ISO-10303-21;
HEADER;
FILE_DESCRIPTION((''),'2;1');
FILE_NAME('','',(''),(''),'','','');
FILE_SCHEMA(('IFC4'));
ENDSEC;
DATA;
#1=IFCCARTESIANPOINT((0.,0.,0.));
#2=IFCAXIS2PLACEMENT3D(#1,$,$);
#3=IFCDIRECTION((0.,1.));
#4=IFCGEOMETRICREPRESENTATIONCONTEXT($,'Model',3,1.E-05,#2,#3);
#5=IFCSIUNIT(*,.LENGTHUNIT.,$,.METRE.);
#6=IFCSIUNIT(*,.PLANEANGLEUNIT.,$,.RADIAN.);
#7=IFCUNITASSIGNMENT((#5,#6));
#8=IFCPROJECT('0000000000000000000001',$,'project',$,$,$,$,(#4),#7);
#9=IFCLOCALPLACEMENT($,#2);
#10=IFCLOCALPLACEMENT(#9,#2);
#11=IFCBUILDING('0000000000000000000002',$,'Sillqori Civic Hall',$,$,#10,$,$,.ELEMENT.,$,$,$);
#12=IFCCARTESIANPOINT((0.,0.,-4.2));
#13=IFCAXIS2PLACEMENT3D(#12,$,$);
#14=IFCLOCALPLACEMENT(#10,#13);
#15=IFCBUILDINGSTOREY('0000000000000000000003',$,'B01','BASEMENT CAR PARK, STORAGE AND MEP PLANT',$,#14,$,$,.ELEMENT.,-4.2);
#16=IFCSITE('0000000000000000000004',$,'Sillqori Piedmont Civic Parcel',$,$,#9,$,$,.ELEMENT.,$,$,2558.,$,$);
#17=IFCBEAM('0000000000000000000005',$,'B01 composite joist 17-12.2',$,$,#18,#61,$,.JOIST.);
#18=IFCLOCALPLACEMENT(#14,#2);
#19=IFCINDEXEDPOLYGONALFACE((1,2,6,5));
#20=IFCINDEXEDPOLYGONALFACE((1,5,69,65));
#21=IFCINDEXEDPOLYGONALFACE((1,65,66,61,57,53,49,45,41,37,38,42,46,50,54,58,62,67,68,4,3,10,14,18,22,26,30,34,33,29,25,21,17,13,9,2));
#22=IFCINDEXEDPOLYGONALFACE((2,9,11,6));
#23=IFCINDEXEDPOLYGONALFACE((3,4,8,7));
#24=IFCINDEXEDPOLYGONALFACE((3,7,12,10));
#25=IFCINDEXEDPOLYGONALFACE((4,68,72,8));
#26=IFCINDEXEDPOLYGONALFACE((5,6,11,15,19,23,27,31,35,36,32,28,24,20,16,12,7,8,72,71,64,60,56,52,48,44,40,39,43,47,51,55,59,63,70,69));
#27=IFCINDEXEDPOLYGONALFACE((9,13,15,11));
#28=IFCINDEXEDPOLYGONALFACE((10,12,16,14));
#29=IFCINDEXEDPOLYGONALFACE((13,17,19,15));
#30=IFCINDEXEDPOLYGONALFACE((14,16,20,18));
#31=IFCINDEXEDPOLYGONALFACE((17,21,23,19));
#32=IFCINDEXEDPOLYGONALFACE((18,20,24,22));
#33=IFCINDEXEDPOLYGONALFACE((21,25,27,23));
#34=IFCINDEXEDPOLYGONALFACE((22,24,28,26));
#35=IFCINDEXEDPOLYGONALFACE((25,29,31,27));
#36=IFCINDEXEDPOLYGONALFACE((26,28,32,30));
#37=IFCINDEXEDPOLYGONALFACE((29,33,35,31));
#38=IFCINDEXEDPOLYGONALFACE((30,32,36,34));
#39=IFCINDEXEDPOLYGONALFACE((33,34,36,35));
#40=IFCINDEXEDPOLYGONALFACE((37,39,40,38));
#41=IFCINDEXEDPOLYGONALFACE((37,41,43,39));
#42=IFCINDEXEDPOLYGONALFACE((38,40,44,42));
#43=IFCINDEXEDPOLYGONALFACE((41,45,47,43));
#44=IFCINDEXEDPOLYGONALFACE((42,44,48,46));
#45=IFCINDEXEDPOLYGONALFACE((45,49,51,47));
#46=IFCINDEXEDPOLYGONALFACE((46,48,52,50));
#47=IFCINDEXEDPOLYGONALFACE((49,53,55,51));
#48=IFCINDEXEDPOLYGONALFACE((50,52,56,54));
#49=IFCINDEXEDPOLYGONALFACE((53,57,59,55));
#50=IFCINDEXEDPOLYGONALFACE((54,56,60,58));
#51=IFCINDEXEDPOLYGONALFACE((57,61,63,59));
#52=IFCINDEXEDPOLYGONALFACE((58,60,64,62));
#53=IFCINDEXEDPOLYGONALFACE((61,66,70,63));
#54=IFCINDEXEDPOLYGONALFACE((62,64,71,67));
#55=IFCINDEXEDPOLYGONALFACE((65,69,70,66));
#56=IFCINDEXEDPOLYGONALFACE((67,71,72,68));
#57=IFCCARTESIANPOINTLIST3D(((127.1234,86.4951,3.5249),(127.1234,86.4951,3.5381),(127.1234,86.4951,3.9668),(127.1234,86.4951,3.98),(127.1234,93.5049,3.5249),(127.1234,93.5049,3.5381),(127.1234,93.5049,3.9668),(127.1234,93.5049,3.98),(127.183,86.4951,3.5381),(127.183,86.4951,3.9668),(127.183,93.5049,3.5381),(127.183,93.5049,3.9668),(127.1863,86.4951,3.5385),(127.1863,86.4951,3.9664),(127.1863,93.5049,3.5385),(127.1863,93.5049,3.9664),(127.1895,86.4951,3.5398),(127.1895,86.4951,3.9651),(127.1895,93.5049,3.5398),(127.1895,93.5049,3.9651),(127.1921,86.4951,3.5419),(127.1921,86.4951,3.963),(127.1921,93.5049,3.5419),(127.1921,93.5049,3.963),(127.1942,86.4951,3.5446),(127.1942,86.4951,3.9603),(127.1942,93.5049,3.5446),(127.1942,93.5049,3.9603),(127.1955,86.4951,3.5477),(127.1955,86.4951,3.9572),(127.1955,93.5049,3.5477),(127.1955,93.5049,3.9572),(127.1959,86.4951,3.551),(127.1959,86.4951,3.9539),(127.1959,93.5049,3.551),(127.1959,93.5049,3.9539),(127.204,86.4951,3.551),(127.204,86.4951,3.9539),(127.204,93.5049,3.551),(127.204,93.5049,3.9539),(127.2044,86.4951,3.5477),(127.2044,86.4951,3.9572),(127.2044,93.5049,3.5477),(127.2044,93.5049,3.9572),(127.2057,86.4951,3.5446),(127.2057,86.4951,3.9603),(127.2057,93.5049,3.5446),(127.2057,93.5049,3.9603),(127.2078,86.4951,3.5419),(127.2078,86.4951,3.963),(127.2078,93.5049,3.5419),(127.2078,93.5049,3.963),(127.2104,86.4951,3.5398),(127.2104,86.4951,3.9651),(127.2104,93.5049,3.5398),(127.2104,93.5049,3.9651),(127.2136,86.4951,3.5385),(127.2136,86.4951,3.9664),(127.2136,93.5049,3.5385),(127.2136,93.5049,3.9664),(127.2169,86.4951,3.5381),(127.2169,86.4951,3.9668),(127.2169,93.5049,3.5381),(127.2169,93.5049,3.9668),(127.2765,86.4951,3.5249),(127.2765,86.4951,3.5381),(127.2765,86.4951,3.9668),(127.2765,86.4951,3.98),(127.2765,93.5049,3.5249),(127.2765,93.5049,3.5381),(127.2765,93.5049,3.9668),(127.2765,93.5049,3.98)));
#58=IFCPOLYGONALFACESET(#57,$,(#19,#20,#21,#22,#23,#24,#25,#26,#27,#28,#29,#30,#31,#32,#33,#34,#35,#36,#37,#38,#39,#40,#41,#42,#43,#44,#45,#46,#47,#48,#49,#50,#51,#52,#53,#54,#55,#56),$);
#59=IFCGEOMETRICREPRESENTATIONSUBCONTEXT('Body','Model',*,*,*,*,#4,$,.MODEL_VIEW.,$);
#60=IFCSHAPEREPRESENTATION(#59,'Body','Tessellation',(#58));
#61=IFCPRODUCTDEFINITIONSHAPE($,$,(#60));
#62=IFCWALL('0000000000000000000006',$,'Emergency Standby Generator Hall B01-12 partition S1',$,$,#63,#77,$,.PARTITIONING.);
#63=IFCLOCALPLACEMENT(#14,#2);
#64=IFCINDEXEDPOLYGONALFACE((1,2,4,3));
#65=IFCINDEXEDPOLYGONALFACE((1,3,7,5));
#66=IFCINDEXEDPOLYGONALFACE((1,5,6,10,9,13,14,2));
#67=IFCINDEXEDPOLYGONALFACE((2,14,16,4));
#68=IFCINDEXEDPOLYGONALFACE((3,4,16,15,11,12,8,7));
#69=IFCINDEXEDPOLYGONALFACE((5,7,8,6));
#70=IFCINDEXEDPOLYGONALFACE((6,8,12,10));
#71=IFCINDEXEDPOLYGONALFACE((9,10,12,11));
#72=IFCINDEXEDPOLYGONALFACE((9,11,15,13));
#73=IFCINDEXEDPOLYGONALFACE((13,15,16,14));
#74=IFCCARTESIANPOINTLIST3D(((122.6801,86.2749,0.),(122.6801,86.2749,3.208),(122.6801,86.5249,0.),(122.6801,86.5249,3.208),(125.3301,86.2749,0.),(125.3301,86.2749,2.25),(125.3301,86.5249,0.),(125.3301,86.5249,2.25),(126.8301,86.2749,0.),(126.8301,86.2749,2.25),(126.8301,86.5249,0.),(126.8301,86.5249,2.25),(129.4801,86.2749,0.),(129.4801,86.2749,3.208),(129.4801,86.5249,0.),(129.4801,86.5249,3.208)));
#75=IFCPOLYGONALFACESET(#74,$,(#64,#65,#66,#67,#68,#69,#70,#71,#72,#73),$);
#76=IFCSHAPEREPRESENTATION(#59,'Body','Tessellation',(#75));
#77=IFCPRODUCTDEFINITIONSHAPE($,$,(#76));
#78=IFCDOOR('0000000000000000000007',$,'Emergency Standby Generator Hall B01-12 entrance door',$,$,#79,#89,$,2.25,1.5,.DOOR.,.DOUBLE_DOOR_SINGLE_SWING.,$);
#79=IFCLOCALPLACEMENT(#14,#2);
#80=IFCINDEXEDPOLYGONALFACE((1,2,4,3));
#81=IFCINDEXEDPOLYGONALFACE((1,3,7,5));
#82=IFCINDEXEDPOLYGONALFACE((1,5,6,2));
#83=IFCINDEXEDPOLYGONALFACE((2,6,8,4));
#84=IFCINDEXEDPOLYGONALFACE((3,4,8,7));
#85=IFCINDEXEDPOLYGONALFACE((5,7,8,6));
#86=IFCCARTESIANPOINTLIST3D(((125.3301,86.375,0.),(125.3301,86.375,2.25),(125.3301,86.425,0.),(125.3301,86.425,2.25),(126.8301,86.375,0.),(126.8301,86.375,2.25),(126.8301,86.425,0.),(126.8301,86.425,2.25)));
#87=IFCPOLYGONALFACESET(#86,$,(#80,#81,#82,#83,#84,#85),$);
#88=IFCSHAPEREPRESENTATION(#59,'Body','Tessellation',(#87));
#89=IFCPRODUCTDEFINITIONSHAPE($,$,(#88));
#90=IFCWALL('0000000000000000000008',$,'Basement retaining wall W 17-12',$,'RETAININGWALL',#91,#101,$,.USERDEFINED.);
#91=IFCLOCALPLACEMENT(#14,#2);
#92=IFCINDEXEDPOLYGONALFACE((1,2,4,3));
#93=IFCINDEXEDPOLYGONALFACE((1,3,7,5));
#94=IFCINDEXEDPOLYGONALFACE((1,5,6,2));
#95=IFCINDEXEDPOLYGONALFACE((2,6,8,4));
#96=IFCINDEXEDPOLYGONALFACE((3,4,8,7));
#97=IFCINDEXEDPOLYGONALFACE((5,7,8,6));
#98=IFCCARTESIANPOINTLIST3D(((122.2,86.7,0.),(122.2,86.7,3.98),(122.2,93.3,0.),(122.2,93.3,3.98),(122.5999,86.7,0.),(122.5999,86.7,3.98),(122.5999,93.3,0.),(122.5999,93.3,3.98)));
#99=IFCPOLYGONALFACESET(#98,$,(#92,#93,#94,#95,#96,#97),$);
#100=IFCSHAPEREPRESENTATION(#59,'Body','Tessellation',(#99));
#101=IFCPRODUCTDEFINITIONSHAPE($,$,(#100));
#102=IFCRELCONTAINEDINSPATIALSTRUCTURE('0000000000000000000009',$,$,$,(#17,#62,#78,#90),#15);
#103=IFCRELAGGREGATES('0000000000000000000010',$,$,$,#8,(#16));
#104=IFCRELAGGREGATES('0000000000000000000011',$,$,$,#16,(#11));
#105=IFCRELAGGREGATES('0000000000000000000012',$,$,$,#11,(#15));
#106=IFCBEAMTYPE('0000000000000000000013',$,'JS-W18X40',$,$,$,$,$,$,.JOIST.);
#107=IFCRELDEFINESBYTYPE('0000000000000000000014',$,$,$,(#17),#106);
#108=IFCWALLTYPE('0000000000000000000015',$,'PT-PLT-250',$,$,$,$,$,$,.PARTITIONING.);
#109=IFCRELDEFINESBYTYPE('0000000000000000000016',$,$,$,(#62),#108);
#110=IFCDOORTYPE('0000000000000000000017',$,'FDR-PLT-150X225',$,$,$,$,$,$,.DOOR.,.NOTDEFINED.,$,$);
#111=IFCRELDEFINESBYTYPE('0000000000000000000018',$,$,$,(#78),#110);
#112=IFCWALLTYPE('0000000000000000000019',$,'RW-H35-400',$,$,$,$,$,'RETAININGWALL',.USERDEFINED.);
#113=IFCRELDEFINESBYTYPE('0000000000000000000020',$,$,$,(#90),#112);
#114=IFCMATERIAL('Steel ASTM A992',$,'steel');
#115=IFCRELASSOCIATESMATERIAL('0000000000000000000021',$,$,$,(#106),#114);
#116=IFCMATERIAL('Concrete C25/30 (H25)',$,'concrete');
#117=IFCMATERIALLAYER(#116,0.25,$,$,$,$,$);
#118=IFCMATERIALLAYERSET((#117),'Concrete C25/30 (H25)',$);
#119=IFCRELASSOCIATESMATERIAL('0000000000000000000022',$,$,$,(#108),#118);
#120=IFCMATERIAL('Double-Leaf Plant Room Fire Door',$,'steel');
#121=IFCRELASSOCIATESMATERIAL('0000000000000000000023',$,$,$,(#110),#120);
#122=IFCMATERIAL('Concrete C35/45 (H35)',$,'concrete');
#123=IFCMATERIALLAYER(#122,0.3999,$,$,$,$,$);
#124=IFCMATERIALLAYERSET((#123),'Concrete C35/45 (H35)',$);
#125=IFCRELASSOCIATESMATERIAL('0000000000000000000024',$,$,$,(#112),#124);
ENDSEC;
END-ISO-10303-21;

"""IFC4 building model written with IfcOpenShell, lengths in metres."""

from ifc_helpers import new_model, si_unit, direction, frame, frame_2d, origin, origin_2d, place, context, subcontext, project, spatial, rectangle, i_section, extrude, material, layer, layer_set, material_profile, profile_set, type_object, element, fill, save


model = new_model("IFC4")

# Units and contexts
model_context = context("Model", 3, precision=1e-05, world=origin(), true_north=direction((0.0, 1.0)))
body_context = subcontext(model_context, "Body", "Model", "MODEL_VIEW")
ifc_project = project(units=[si_unit("LENGTHUNIT", "METRE"), si_unit("PLANEANGLEUNIT", "RADIAN")], contexts=[model_context])

# Site, building, storey
site_placement = place(None, origin())
site = spatial("IfcSite", under=ifc_project, at=site_placement, Name="Sillqori Piedmont Civic Parcel", CompositionType="ELEMENT", RefElevation=2558.0)
building_placement = place(site_placement, origin())
building = spatial("IfcBuilding", under=site, at=building_placement, Name="Sillqori Civic Hall", CompositionType="ELEMENT")
storey_placement = place(building_placement, frame((0.0, 0.0, -4.2)))
storey = spatial("IfcBuildingStorey", under=building, at=storey_placement, Name="B01", Description="BASEMENT CAR PARK, STORAGE AND MEP PLANT", CompositionType="ELEMENT", Elevation=-4.2)

# Shared definitions
ifc_material_1 = material(Name="Concrete C35/45 (H35)", Category="concrete")

# Beam
ifc_material_2 = material(Name="Steel ASTM A992", Category="steel")
ifc_material_profile_1 = material_profile(ifc_material_2, i_section(OverallWidth=0.1531, OverallDepth=0.4551, WebThickness=0.0081, FlangeThickness=0.0132, FilletRadius=0.0129, at=origin_2d()), Name="W18X40")
ifc_profile_set_1 = profile_set([ifc_material_profile_1], Name="Steel ASTM A992")
beam_type_1 = type_object("IfcBeamType", Name="JS-W18X40", PredefinedType="JOIST", material=ifc_profile_set_1)
for number, where, z_axis, x_axis, name in (
    (1, (127.2, 86.4951, 3.7524), (0.0, 1.0, 0.0), (-1.0, 0.0, 0.0), "B01 composite joist 17-12.2"),
):
    element("IfcBeam", number, at=place(storey_placement, frame(where, z_axis=z_axis, x_axis=x_axis)), inside=storey, type_object=beam_type_1, Name=name, PredefinedType="JOIST", context=body_context, shape_type="SweptSolid", body=[
        extrude(i_section(OverallWidth=0.1531, OverallDepth=0.4551, WebThickness=0.0081, FlangeThickness=0.0132, FilletRadius=0.0129, at=origin_2d()), origin(), (0.0, 0.0, 1.0), 7.0098),
    ])

# Wall, opening, door
ifc_material_3 = material(Name="Concrete C25/30 (H25)", Category="concrete")
ifc_layer_1 = layer(ifc_material_3, 0.25)
ifc_layer_set_1 = layer_set([ifc_layer_1], Name="Concrete C25/30 (H25)")
wall_type_1 = type_object("IfcWallType", Name="PT-PLT-250", PredefinedType="PARTITIONING", material=ifc_layer_set_1)
wall_1_placement = place(storey_placement, frame((129.48, 86.3999, 0.0), z_axis=(0.0, 0.0, 1.0), x_axis=(-1.0, 0.0, 0.0)))
wall_1 = element("IfcWall", 2, at=wall_1_placement, inside=storey, type_object=wall_type_1, Name="Emergency Standby Generator Hall B01-12 partition S1", PredefinedType="PARTITIONING", context=body_context, shape_type="SweptSolid", body=[
    extrude(rectangle(XDim=6.8, YDim=0.25, at=frame_2d((3.3999, 0.0))), origin(), (0.0, 0.0, 1.0), 3.208),
])
opening_placement = place(wall_1_placement, frame((2.6499, 0.0, 0.0)))
opening = element("IfcOpeningElement", 3, at=opening_placement, cuts=wall_1, PredefinedType="OPENING", context=body_context, shape_type="SweptSolid", body=[
    extrude(rectangle(XDim=1.5, YDim=2.25, at=frame_2d((0.75, 1.125))), frame((0.0, 0.135, 0.0), z_axis=(0.0, -1.0, 0.0), x_axis=(1.0, 0.0, 0.0)), (0.0, 0.0, 1.0), 0.27),
])
ifc_material_4 = material(Name="Double-Leaf Plant Room Fire Door", Category="steel")
door_type = type_object("IfcDoorType", Name="FDR-PLT-150X225", OperationType="NOTDEFINED", PredefinedType="DOOR", material=ifc_material_4)
door_placement = place(opening_placement, origin())
door = element("IfcDoor", 4, at=door_placement, inside=storey, type_object=door_type, Name="Emergency Standby Generator Hall B01-12 entrance door", OperationType="DOUBLE_DOOR_SINGLE_SWING", OverallHeight=2.25, OverallWidth=1.5, PredefinedType="DOOR", context=body_context, shape_type="SweptSolid", body=[
    extrude(rectangle(XDim=1.5, YDim=2.25, at=frame_2d((0.75, 1.125))), frame((0.0, 0.0249, 0.0), z_axis=(0.0, -1.0, 0.0), x_axis=(1.0, 0.0, 0.0)), (0.0, 0.0, 1.0), 0.05),
])
fill(opening, door)

# Wall
ifc_layer_2 = layer(ifc_material_1, 0.3999)
ifc_layer_set_2 = layer_set([ifc_layer_2], Name="Concrete C35/45 (H35)")
wall_type_2 = type_object("IfcWallType", Name="RW-H35-400", ElementType="RETAININGWALL", PredefinedType="USERDEFINED", material=ifc_layer_set_2)
wall_2_placement = place(storey_placement, frame((122.3999, 86.7, 0.0), z_axis=(0.0, 0.0, 1.0), x_axis=(0.0, 1.0, 0.0)))
element("IfcWall", 5, at=wall_2_placement, inside=storey, type_object=wall_type_2, Name="Basement retaining wall W 17-12", ObjectType="RETAININGWALL", PredefinedType="USERDEFINED", context=body_context, shape_type="SweptSolid", body=[
    extrude(rectangle(XDim=6.6001, YDim=0.3999, at=frame_2d((3.3, 0.0))), origin(), (0.0, 0.0, 1.0), 3.98),
])

save(model, "model.ifc")
